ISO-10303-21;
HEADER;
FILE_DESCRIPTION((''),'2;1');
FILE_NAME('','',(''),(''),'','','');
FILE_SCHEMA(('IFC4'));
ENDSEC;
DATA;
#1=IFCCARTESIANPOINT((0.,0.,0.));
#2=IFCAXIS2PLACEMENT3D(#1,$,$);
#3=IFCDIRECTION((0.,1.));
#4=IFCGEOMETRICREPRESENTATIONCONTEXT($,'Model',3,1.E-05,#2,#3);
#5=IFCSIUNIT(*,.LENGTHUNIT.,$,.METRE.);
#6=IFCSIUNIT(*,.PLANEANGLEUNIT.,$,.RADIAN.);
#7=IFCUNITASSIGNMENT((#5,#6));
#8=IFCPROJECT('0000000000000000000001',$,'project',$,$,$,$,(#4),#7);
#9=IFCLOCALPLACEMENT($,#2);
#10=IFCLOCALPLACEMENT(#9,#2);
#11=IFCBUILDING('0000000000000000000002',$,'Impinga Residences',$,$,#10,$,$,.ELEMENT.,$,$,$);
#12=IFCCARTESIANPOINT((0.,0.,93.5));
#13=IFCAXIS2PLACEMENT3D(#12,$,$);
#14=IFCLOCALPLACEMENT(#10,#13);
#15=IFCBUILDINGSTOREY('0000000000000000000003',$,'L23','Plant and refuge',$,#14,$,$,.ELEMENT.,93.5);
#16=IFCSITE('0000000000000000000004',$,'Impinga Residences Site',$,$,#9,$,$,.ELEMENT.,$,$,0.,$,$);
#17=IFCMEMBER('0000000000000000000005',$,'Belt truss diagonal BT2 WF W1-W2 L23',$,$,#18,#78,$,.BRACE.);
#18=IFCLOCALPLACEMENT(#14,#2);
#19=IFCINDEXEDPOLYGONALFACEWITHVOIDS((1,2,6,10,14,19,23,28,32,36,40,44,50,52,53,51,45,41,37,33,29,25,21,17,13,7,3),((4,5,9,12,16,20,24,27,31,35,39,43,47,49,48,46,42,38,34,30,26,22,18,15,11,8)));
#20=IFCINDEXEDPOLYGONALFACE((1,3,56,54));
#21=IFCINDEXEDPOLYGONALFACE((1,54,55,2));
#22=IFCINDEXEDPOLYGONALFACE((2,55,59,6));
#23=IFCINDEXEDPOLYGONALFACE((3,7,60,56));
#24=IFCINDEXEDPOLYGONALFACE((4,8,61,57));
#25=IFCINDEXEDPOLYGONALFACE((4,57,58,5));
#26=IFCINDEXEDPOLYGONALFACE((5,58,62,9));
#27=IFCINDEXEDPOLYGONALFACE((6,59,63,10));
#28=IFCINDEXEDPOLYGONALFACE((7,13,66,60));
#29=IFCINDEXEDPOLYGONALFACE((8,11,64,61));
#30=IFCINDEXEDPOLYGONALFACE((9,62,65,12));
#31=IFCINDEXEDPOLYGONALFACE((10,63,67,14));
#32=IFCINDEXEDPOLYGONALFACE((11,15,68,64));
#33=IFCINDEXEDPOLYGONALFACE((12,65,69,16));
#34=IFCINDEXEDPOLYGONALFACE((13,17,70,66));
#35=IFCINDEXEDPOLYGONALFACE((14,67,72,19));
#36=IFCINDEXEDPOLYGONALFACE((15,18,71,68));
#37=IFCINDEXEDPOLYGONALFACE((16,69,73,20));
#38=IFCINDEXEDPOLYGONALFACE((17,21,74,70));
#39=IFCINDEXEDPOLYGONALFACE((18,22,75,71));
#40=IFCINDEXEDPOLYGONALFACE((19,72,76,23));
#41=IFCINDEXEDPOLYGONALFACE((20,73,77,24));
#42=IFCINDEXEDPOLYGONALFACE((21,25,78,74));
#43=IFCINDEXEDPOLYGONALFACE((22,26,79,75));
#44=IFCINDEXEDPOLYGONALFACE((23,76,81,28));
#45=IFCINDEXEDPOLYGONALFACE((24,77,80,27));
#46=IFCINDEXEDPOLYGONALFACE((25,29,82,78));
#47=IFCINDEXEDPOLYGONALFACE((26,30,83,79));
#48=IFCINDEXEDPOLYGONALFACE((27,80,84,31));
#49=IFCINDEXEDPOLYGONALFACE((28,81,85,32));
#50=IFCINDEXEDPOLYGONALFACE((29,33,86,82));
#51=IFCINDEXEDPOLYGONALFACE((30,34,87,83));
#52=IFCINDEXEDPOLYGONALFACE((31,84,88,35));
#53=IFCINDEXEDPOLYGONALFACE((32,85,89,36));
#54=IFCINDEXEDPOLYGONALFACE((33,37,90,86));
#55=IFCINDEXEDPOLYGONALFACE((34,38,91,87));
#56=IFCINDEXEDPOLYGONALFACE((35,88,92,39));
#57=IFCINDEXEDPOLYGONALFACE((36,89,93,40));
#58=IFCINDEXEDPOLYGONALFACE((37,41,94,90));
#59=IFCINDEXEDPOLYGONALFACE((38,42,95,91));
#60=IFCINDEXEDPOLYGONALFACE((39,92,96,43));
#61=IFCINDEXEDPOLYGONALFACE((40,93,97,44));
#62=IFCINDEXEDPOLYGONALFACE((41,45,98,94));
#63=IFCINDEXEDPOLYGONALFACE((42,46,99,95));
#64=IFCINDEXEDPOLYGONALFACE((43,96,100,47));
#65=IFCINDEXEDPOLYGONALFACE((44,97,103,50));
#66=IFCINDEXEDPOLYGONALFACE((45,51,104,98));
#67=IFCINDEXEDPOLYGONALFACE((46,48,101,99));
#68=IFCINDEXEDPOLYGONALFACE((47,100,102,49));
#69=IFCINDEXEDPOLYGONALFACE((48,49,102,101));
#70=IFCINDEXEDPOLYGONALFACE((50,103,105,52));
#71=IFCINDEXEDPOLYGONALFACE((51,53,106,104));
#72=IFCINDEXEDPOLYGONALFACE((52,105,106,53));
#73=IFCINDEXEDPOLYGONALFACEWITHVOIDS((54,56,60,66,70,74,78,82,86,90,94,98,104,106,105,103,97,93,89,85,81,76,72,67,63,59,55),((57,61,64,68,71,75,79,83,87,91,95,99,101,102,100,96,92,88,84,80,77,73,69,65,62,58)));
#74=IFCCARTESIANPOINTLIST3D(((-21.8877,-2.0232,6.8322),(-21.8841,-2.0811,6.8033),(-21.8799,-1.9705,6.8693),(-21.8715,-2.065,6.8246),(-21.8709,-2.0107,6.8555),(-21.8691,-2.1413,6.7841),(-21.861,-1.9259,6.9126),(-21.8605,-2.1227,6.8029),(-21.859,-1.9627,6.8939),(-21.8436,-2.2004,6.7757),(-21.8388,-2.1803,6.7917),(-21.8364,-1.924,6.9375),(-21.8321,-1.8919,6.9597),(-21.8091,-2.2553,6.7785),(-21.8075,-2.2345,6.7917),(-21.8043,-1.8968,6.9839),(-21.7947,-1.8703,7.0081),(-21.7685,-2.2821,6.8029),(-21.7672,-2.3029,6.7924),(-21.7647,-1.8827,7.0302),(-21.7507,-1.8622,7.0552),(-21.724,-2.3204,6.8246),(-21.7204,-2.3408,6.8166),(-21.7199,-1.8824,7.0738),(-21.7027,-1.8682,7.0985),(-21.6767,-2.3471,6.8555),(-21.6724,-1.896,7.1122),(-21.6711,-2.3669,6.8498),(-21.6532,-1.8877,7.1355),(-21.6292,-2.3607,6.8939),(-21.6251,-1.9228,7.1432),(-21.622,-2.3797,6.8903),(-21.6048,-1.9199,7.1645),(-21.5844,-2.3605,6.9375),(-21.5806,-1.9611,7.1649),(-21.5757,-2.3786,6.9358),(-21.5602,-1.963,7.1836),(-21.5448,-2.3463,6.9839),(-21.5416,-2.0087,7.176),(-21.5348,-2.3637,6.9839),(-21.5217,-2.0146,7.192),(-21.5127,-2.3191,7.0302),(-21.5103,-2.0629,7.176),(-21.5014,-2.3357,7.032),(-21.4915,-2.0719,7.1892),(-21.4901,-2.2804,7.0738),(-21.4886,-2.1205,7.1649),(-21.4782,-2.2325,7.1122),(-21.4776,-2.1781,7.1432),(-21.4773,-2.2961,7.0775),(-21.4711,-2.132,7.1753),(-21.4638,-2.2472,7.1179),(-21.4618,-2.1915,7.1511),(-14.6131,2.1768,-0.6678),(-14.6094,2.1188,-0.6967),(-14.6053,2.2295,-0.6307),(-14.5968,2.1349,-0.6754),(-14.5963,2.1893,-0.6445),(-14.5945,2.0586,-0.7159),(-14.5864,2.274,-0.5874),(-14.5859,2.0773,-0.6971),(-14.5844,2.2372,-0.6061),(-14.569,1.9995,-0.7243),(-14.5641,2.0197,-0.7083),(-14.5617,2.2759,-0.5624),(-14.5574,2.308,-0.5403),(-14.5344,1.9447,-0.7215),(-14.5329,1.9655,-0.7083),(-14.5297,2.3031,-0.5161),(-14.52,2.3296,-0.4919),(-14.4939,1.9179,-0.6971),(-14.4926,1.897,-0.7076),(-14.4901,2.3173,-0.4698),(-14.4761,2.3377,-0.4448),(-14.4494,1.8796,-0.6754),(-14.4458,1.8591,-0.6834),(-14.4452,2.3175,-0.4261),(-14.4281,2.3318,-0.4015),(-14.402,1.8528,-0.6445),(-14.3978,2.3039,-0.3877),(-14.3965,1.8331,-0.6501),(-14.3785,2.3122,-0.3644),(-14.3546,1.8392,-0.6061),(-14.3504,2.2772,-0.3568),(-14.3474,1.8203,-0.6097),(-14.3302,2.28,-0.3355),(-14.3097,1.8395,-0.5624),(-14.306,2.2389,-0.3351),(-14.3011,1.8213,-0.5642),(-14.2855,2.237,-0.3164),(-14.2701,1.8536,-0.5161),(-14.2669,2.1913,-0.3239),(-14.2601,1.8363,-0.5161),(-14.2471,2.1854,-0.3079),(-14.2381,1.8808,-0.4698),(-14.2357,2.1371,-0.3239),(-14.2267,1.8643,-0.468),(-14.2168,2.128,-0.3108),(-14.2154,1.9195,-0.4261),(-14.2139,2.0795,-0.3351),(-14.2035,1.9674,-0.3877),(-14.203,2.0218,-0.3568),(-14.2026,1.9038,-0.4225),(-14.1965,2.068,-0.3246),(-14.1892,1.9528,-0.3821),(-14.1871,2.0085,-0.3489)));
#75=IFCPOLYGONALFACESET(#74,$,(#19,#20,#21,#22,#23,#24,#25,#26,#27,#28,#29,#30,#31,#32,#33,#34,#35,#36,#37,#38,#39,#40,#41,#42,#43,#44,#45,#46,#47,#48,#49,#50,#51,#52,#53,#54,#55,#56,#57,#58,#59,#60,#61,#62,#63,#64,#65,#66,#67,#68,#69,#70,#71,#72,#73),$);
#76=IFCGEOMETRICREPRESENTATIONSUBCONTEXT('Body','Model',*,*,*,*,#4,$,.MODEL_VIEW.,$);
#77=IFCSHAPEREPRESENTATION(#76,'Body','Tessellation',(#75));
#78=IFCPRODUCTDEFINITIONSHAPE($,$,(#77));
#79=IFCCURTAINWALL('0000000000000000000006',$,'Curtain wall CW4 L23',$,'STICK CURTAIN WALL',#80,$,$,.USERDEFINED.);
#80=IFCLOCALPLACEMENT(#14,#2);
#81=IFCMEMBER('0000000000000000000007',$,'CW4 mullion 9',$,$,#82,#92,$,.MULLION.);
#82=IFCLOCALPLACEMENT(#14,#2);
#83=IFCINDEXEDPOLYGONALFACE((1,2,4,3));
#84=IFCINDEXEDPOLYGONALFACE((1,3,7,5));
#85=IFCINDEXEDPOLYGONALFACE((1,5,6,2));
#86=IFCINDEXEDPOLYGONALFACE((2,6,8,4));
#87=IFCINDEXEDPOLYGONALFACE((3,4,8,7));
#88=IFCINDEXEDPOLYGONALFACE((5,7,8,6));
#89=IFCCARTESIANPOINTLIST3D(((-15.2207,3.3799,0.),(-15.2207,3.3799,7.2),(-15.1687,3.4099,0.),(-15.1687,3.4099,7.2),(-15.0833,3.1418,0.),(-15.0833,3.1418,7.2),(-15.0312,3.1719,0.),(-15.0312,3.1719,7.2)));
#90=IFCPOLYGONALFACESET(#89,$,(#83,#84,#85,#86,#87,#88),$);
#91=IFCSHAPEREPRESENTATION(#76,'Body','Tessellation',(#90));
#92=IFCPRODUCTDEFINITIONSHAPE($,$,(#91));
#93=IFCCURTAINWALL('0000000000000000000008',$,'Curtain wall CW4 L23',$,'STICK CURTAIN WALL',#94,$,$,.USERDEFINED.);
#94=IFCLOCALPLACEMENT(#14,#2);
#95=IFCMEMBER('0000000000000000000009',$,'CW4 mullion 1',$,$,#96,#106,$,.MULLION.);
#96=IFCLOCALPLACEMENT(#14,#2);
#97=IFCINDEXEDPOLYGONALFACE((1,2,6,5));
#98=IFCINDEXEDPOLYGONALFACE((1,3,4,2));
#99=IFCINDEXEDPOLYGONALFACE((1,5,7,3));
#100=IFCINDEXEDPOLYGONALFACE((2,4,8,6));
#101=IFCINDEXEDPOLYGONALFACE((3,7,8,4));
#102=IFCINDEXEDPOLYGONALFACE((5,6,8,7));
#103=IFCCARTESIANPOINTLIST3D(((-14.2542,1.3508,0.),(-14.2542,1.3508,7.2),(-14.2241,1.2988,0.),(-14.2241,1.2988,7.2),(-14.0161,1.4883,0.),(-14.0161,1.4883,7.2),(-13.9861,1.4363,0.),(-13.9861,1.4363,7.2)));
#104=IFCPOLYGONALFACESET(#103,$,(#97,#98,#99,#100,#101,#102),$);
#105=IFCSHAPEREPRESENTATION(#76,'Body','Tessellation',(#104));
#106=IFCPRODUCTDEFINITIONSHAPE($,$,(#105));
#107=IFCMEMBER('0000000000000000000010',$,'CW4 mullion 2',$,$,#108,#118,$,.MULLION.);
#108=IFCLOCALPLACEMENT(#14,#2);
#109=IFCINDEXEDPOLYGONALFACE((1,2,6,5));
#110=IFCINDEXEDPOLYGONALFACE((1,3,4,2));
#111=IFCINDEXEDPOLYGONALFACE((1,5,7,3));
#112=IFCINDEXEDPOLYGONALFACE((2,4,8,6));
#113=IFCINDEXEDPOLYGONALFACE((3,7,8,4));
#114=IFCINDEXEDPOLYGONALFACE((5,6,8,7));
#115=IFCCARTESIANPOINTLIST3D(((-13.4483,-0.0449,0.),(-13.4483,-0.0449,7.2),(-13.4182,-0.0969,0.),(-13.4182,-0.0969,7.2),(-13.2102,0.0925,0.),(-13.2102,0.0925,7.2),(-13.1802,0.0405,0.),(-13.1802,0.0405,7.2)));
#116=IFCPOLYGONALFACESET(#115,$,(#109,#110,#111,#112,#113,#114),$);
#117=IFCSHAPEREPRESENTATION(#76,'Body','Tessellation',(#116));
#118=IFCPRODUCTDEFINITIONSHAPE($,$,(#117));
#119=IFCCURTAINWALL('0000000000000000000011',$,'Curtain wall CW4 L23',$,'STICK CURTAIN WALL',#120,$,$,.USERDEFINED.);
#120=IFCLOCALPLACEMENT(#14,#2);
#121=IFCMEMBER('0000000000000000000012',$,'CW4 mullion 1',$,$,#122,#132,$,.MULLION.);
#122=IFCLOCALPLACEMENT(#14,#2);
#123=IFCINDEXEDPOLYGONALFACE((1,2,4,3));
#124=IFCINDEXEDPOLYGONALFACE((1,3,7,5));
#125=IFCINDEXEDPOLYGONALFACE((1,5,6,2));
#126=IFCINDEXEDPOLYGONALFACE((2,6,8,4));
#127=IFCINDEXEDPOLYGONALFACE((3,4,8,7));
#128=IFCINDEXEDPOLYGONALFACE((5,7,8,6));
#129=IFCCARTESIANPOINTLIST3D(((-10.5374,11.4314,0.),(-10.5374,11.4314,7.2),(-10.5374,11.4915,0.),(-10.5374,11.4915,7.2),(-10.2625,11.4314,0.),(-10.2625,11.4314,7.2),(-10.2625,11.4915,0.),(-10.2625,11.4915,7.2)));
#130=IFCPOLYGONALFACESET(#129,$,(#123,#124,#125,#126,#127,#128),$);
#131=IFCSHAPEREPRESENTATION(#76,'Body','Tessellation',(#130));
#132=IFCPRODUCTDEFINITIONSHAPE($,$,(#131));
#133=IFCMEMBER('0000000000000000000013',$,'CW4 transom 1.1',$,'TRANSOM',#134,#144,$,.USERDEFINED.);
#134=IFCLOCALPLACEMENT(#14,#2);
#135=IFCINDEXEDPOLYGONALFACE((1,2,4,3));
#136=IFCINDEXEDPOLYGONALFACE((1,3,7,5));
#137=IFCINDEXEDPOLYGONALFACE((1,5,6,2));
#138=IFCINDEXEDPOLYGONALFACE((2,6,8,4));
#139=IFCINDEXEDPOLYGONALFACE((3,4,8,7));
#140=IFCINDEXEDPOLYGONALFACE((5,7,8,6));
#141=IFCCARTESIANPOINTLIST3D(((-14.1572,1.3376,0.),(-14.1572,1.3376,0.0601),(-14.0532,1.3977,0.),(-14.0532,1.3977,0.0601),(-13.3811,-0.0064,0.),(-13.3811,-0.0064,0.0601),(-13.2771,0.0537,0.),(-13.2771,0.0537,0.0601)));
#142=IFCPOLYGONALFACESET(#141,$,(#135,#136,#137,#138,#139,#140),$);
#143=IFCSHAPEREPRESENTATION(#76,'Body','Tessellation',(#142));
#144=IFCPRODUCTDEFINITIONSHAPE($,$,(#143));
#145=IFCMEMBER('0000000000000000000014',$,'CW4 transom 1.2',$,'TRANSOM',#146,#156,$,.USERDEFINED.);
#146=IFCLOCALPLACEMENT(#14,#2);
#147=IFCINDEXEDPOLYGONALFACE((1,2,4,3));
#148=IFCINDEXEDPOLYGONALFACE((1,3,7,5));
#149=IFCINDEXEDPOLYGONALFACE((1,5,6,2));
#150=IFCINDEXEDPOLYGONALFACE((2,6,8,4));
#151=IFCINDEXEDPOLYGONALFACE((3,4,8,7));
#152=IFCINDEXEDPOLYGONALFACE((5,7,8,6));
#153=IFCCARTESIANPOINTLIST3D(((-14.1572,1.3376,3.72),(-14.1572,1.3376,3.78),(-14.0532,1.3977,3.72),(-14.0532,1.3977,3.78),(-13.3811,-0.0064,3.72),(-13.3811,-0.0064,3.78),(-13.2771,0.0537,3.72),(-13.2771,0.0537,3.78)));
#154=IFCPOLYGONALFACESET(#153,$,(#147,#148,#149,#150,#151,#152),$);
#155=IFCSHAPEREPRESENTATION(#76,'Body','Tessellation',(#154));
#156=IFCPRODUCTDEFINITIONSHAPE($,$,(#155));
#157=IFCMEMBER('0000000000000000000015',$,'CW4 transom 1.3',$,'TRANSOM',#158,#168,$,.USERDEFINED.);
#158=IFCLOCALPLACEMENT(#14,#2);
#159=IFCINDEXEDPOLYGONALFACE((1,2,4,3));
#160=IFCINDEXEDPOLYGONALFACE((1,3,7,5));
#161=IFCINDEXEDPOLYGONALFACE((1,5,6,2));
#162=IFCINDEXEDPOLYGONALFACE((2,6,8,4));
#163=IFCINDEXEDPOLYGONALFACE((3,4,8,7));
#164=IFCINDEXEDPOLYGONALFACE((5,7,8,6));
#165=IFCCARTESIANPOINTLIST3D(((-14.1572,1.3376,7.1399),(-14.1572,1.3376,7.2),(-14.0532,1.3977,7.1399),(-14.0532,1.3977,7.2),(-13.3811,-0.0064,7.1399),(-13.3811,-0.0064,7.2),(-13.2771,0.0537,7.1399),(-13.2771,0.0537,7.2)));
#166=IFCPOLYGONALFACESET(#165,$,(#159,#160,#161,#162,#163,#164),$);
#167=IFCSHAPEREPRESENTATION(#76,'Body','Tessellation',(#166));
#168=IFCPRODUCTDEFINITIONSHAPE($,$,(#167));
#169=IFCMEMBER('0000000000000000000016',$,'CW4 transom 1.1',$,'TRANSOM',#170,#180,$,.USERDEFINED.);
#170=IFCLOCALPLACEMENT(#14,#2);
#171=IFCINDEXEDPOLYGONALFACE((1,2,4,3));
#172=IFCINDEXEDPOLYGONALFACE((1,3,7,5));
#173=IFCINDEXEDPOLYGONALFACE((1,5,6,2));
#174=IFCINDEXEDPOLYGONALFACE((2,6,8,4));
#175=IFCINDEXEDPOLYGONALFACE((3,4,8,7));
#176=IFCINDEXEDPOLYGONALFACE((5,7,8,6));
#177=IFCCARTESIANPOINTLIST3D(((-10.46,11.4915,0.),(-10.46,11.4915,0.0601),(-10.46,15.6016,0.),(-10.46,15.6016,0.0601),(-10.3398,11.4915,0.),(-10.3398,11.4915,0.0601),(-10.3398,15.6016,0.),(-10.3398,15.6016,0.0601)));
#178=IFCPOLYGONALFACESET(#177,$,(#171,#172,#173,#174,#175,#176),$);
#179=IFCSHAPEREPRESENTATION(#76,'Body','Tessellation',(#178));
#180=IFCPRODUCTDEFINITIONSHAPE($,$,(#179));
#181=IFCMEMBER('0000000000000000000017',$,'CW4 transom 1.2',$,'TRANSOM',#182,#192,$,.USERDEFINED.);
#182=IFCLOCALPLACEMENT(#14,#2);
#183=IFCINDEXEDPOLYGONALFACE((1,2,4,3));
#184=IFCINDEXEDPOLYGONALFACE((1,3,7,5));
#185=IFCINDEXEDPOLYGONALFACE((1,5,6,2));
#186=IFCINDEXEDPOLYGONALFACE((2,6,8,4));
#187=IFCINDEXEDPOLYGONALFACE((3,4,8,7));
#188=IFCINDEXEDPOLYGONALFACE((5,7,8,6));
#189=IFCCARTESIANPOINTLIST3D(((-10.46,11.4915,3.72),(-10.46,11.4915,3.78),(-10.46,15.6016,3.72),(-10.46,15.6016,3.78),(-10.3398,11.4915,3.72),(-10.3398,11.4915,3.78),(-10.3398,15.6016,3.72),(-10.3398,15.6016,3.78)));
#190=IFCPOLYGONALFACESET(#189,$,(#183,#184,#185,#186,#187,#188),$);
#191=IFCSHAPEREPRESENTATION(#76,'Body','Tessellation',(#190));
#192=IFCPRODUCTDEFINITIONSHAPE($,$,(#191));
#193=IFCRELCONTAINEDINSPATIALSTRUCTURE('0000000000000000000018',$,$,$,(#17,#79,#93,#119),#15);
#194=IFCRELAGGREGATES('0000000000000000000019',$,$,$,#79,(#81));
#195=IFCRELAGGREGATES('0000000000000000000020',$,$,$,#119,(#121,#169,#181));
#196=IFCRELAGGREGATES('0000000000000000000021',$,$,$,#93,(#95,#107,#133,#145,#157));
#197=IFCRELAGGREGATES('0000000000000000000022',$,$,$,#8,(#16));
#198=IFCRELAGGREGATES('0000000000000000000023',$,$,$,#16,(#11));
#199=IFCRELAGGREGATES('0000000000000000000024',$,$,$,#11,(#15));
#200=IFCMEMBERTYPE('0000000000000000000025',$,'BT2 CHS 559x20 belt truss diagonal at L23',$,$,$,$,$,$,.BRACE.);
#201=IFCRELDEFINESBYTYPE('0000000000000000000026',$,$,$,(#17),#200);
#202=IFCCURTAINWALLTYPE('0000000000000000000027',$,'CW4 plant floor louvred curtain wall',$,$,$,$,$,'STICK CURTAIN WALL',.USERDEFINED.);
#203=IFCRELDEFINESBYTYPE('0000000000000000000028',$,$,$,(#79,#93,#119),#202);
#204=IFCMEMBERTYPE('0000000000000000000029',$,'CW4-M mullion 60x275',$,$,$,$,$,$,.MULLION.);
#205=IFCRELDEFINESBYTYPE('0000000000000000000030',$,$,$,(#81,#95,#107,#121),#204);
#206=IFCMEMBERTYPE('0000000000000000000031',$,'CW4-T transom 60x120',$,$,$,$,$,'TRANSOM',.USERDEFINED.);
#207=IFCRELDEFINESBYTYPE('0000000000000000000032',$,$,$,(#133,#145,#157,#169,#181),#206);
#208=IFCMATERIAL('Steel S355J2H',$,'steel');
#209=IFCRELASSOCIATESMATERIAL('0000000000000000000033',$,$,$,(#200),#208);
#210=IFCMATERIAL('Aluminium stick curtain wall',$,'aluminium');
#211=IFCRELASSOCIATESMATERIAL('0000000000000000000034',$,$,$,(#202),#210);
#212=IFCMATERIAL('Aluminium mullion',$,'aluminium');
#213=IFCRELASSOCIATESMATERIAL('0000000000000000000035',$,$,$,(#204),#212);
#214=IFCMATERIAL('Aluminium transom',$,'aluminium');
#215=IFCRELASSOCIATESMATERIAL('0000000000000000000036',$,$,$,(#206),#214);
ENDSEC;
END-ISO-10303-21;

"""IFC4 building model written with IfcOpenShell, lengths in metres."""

from ifc_helpers import new_model, si_unit, direction, frame, origin, origin_2d, place, context, subcontext, project, spatial, rectangle, hollow_circle, extrude, material, material_profile, profile_set, type_object, element, aggregate, save


model = new_model("IFC4")

# Units and contexts
model_context = context("Model", 3, precision=1e-05, world=origin(), true_north=direction((0.0, 1.0)))
body_context = subcontext(model_context, "Body", "Model", "MODEL_VIEW")
ifc_project = project(units=[si_unit("LENGTHUNIT", "METRE"), si_unit("PLANEANGLEUNIT", "RADIAN")], contexts=[model_context])

# Site, building, storey
site_placement = place(None, origin())
site = spatial("IfcSite", under=ifc_project, at=site_placement, Name="Impinga Residences Site", CompositionType="ELEMENT", RefElevation=0.0)
building_placement = place(site_placement, origin())
building = spatial("IfcBuilding", under=site, at=building_placement, Name="Impinga Residences", CompositionType="ELEMENT")
storey_placement = place(building_placement, frame((0.0, 0.0, 93.5)))
storey = spatial("IfcBuildingStorey", under=building, at=storey_placement, Name="L23", Description="Plant and refuge", CompositionType="ELEMENT", Elevation=93.5)

# Member
ifc_material_1 = material(Name="Steel S355J2H", Category="steel")
ifc_material_profile_1 = material_profile(ifc_material_1, hollow_circle(Radius=0.2795, WallThickness=0.02, at=origin_2d()), Name="CHS 559x20")
ifc_profile_set_1 = profile_set([ifc_material_profile_1], Name="Steel S355J2H")
member_type_1 = type_object("IfcMemberType", Name="BT2 CHS 559x20 belt truss diagonal at L23", PredefinedType="BRACE", material=ifc_profile_set_1)
member_1_placement = place(storey_placement, frame((-14.3999, 2.0784, -0.5161), z_axis=(-0.646004, -0.372964, 0.666015), x_axis=(0.499993, -0.866029, 0.0)))
element("IfcMember", 1, at=member_1_placement, inside=storey, type_object=member_type_1, Name="Belt truss diagonal BT2 WF W1-W2 L23", PredefinedType="BRACE", context=body_context, shape_type="SweptSolid", body=[
    extrude(hollow_circle(Radius=0.2795, WallThickness=0.02, at=origin_2d()), origin(), (0.0, 0.0, 1.0), 11.261),
])

# Curtain wall, member
ifc_material_2 = material(Name="Aluminium stick curtain wall", Category="aluminium")
curtain_wall_type = type_object("IfcCurtainWallType", Name="CW4 plant floor louvred curtain wall", ElementType="STICK CURTAIN WALL", PredefinedType="USERDEFINED", material=ifc_material_2)
curtain_wall_1_placement = place(storey_placement, origin())
curtain_wall_1 = element("IfcCurtainWall", 2, at=curtain_wall_1_placement, inside=storey, type_object=curtain_wall_type, Name="Curtain wall CW4 L23", ObjectType="STICK CURTAIN WALL", PredefinedType="USERDEFINED")
ifc_material_3 = material(Name="Aluminium mullion", Category="aluminium")
ifc_material_profile_2 = material_profile(ifc_material_3, rectangle(XDim=0.0601, YDim=0.2749, at=origin_2d()), Name="60x275 mullion")
ifc_profile_set_2 = profile_set([ifc_material_profile_2], Name="Aluminium mullion")
member_type_2 = type_object("IfcMemberType", Name="CW4-M mullion 60x275", PredefinedType="MULLION", material=ifc_profile_set_2)
member_2_placement = place(storey_placement, frame((-15.126, 3.2759, 0.0), z_axis=(0.0, 0.0, 1.0), x_axis=(0.866025, 0.5, 0.0)))
member_2 = element("IfcMember", 3, at=member_2_placement, type_object=member_type_2, Name="CW4 mullion 9", PredefinedType="MULLION", context=body_context, shape_type="SweptSolid", body=[
    extrude(rectangle(XDim=0.0601, YDim=0.2749, at=origin_2d()), origin(), (0.0, 0.0, 1.0), 7.2),
])
aggregate(curtain_wall_1, [member_2])

# Curtain wall, members
curtain_wall_2_placement = place(storey_placement, origin())
curtain_wall_2 = element("IfcCurtainWall", 4, at=curtain_wall_2_placement, inside=storey, type_object=curtain_wall_type, Name="Curtain wall CW4 L23", ObjectType="STICK CURTAIN WALL", PredefinedType="USERDEFINED")
member_3_placement = place(storey_placement, frame((-14.1201, 1.3936, 0.0), z_axis=(0.0, 0.0, 1.0), x_axis=(0.5, -0.866025, 0.0)))
member_3 = element("IfcMember", 5, at=member_3_placement, type_object=member_type_2, Name="CW4 mullion 1", PredefinedType="MULLION", context=body_context, shape_type="SweptSolid", body=[
    extrude(rectangle(XDim=0.0601, YDim=0.2749, at=origin_2d()), origin(), (0.0, 0.0, 1.0), 7.2),
])
member_4_placement = place(storey_placement, frame((-13.3142, -0.0022, 0.0), z_axis=(0.0, 0.0, 1.0), x_axis=(0.5, -0.866025, 0.0)))
member_4 = element("IfcMember", 6, at=member_4_placement, type_object=member_type_2, Name="CW4 mullion 2", PredefinedType="MULLION", context=body_context, shape_type="SweptSolid", body=[
    extrude(rectangle(XDim=0.0601, YDim=0.2749, at=origin_2d()), origin(), (0.0, 0.0, 1.0), 7.2),
])

# Curtain wall, member
curtain_wall_3_placement = place(storey_placement, origin())
curtain_wall_3 = element("IfcCurtainWall", 7, at=curtain_wall_3_placement, inside=storey, type_object=curtain_wall_type, Name="Curtain wall CW4 L23", ObjectType="STICK CURTAIN WALL", PredefinedType="USERDEFINED")
member_5_placement = place(storey_placement, frame((-10.3999, 11.4614, 0.0), z_axis=(0.0, 0.0, 1.0), x_axis=(0.0, 1.0, 0.0)))
member_5 = element("IfcMember", 8, at=member_5_placement, type_object=member_type_2, Name="CW4 mullion 1", PredefinedType="MULLION", context=body_context, shape_type="SweptSolid", body=[
    extrude(rectangle(XDim=0.0601, YDim=0.2749, at=origin_2d()), origin(), (0.0, 0.0, 1.0), 7.2),
])

# Members
ifc_material_4 = material(Name="Aluminium transom", Category="aluminium")
ifc_material_profile_3 = material_profile(ifc_material_4, rectangle(XDim=0.0601, YDim=0.1201, at=origin_2d()), Name="60x120 transom")
ifc_profile_set_3 = profile_set([ifc_material_profile_3], Name="Aluminium transom")
member_type_3 = type_object("IfcMemberType", Name="CW4-T transom 60x120", ElementType="TRANSOM", PredefinedType="USERDEFINED", material=ifc_profile_set_3)
member_6_placement = place(storey_placement, frame((-14.1052, 1.3677, 0.03), z_axis=(0.500081, -0.865979, 0.0), x_axis=(0.0, 0.0, 1.0)))
member_6 = element("IfcMember", 9, at=member_6_placement, type_object=member_type_3, Name="CW4 transom 1.1", ObjectType="TRANSOM", PredefinedType="USERDEFINED", context=body_context, shape_type="SweptSolid", body=[
    extrude(rectangle(XDim=0.0601, YDim=0.1201, at=origin_2d()), origin(), (0.0, 0.0, 1.0), 1.552),
])
member_7_placement = place(storey_placement, frame((-14.1052, 1.3677, 3.75), z_axis=(0.500081, -0.865979, 0.0), x_axis=(0.0, 0.0, 1.0)))
member_7 = element("IfcMember", 10, at=member_7_placement, type_object=member_type_3, Name="CW4 transom 1.2", ObjectType="TRANSOM", PredefinedType="USERDEFINED", context=body_context, shape_type="SweptSolid", body=[
    extrude(rectangle(XDim=0.0601, YDim=0.1201, at=origin_2d()), origin(), (0.0, 0.0, 1.0), 1.552),
])
member_8_placement = place(storey_placement, frame((-14.1052, 1.3677, 7.1699), z_axis=(0.500081, -0.865979, 0.0), x_axis=(0.0, 0.0, 1.0)))
member_8 = element("IfcMember", 11, at=member_8_placement, type_object=member_type_3, Name="CW4 transom 1.3", ObjectType="TRANSOM", PredefinedType="USERDEFINED", context=body_context, shape_type="SweptSolid", body=[
    extrude(rectangle(XDim=0.0601, YDim=0.1201, at=origin_2d()), origin(), (0.0, 0.0, 1.0), 1.552),
])
member_9_placement = place(storey_placement, frame((-10.3999, 11.4915, 0.03), z_axis=(0.0, 1.0, 0.0), x_axis=(0.0, 0.0, 1.0)))
member_9 = element("IfcMember", 12, at=member_9_placement, type_object=member_type_3, Name="CW4 transom 1.1", ObjectType="TRANSOM", PredefinedType="USERDEFINED", context=body_context, shape_type="SweptSolid", body=[
    extrude(rectangle(XDim=0.0601, YDim=0.1201, at=origin_2d()), origin(), (0.0, 0.0, 1.0), 4.1101),
])
member_10_placement = place(storey_placement, frame((-10.3999, 11.4915, 3.75), z_axis=(0.0, 1.0, 0.0), x_axis=(0.0, 0.0, 1.0)))
member_10 = element("IfcMember", 13, at=member_10_placement, type_object=member_type_3, Name="CW4 transom 1.2", ObjectType="TRANSOM", PredefinedType="USERDEFINED", context=body_context, shape_type="SweptSolid", body=[
    extrude(rectangle(XDim=0.0601, YDim=0.1201, at=origin_2d()), origin(), (0.0, 0.0, 1.0), 4.1101),
])
aggregate(curtain_wall_3, [member_5, member_9, member_10])

aggregate(curtain_wall_2, [member_3, member_4, member_6, member_7, member_8])

save(model, "model.ifc")
